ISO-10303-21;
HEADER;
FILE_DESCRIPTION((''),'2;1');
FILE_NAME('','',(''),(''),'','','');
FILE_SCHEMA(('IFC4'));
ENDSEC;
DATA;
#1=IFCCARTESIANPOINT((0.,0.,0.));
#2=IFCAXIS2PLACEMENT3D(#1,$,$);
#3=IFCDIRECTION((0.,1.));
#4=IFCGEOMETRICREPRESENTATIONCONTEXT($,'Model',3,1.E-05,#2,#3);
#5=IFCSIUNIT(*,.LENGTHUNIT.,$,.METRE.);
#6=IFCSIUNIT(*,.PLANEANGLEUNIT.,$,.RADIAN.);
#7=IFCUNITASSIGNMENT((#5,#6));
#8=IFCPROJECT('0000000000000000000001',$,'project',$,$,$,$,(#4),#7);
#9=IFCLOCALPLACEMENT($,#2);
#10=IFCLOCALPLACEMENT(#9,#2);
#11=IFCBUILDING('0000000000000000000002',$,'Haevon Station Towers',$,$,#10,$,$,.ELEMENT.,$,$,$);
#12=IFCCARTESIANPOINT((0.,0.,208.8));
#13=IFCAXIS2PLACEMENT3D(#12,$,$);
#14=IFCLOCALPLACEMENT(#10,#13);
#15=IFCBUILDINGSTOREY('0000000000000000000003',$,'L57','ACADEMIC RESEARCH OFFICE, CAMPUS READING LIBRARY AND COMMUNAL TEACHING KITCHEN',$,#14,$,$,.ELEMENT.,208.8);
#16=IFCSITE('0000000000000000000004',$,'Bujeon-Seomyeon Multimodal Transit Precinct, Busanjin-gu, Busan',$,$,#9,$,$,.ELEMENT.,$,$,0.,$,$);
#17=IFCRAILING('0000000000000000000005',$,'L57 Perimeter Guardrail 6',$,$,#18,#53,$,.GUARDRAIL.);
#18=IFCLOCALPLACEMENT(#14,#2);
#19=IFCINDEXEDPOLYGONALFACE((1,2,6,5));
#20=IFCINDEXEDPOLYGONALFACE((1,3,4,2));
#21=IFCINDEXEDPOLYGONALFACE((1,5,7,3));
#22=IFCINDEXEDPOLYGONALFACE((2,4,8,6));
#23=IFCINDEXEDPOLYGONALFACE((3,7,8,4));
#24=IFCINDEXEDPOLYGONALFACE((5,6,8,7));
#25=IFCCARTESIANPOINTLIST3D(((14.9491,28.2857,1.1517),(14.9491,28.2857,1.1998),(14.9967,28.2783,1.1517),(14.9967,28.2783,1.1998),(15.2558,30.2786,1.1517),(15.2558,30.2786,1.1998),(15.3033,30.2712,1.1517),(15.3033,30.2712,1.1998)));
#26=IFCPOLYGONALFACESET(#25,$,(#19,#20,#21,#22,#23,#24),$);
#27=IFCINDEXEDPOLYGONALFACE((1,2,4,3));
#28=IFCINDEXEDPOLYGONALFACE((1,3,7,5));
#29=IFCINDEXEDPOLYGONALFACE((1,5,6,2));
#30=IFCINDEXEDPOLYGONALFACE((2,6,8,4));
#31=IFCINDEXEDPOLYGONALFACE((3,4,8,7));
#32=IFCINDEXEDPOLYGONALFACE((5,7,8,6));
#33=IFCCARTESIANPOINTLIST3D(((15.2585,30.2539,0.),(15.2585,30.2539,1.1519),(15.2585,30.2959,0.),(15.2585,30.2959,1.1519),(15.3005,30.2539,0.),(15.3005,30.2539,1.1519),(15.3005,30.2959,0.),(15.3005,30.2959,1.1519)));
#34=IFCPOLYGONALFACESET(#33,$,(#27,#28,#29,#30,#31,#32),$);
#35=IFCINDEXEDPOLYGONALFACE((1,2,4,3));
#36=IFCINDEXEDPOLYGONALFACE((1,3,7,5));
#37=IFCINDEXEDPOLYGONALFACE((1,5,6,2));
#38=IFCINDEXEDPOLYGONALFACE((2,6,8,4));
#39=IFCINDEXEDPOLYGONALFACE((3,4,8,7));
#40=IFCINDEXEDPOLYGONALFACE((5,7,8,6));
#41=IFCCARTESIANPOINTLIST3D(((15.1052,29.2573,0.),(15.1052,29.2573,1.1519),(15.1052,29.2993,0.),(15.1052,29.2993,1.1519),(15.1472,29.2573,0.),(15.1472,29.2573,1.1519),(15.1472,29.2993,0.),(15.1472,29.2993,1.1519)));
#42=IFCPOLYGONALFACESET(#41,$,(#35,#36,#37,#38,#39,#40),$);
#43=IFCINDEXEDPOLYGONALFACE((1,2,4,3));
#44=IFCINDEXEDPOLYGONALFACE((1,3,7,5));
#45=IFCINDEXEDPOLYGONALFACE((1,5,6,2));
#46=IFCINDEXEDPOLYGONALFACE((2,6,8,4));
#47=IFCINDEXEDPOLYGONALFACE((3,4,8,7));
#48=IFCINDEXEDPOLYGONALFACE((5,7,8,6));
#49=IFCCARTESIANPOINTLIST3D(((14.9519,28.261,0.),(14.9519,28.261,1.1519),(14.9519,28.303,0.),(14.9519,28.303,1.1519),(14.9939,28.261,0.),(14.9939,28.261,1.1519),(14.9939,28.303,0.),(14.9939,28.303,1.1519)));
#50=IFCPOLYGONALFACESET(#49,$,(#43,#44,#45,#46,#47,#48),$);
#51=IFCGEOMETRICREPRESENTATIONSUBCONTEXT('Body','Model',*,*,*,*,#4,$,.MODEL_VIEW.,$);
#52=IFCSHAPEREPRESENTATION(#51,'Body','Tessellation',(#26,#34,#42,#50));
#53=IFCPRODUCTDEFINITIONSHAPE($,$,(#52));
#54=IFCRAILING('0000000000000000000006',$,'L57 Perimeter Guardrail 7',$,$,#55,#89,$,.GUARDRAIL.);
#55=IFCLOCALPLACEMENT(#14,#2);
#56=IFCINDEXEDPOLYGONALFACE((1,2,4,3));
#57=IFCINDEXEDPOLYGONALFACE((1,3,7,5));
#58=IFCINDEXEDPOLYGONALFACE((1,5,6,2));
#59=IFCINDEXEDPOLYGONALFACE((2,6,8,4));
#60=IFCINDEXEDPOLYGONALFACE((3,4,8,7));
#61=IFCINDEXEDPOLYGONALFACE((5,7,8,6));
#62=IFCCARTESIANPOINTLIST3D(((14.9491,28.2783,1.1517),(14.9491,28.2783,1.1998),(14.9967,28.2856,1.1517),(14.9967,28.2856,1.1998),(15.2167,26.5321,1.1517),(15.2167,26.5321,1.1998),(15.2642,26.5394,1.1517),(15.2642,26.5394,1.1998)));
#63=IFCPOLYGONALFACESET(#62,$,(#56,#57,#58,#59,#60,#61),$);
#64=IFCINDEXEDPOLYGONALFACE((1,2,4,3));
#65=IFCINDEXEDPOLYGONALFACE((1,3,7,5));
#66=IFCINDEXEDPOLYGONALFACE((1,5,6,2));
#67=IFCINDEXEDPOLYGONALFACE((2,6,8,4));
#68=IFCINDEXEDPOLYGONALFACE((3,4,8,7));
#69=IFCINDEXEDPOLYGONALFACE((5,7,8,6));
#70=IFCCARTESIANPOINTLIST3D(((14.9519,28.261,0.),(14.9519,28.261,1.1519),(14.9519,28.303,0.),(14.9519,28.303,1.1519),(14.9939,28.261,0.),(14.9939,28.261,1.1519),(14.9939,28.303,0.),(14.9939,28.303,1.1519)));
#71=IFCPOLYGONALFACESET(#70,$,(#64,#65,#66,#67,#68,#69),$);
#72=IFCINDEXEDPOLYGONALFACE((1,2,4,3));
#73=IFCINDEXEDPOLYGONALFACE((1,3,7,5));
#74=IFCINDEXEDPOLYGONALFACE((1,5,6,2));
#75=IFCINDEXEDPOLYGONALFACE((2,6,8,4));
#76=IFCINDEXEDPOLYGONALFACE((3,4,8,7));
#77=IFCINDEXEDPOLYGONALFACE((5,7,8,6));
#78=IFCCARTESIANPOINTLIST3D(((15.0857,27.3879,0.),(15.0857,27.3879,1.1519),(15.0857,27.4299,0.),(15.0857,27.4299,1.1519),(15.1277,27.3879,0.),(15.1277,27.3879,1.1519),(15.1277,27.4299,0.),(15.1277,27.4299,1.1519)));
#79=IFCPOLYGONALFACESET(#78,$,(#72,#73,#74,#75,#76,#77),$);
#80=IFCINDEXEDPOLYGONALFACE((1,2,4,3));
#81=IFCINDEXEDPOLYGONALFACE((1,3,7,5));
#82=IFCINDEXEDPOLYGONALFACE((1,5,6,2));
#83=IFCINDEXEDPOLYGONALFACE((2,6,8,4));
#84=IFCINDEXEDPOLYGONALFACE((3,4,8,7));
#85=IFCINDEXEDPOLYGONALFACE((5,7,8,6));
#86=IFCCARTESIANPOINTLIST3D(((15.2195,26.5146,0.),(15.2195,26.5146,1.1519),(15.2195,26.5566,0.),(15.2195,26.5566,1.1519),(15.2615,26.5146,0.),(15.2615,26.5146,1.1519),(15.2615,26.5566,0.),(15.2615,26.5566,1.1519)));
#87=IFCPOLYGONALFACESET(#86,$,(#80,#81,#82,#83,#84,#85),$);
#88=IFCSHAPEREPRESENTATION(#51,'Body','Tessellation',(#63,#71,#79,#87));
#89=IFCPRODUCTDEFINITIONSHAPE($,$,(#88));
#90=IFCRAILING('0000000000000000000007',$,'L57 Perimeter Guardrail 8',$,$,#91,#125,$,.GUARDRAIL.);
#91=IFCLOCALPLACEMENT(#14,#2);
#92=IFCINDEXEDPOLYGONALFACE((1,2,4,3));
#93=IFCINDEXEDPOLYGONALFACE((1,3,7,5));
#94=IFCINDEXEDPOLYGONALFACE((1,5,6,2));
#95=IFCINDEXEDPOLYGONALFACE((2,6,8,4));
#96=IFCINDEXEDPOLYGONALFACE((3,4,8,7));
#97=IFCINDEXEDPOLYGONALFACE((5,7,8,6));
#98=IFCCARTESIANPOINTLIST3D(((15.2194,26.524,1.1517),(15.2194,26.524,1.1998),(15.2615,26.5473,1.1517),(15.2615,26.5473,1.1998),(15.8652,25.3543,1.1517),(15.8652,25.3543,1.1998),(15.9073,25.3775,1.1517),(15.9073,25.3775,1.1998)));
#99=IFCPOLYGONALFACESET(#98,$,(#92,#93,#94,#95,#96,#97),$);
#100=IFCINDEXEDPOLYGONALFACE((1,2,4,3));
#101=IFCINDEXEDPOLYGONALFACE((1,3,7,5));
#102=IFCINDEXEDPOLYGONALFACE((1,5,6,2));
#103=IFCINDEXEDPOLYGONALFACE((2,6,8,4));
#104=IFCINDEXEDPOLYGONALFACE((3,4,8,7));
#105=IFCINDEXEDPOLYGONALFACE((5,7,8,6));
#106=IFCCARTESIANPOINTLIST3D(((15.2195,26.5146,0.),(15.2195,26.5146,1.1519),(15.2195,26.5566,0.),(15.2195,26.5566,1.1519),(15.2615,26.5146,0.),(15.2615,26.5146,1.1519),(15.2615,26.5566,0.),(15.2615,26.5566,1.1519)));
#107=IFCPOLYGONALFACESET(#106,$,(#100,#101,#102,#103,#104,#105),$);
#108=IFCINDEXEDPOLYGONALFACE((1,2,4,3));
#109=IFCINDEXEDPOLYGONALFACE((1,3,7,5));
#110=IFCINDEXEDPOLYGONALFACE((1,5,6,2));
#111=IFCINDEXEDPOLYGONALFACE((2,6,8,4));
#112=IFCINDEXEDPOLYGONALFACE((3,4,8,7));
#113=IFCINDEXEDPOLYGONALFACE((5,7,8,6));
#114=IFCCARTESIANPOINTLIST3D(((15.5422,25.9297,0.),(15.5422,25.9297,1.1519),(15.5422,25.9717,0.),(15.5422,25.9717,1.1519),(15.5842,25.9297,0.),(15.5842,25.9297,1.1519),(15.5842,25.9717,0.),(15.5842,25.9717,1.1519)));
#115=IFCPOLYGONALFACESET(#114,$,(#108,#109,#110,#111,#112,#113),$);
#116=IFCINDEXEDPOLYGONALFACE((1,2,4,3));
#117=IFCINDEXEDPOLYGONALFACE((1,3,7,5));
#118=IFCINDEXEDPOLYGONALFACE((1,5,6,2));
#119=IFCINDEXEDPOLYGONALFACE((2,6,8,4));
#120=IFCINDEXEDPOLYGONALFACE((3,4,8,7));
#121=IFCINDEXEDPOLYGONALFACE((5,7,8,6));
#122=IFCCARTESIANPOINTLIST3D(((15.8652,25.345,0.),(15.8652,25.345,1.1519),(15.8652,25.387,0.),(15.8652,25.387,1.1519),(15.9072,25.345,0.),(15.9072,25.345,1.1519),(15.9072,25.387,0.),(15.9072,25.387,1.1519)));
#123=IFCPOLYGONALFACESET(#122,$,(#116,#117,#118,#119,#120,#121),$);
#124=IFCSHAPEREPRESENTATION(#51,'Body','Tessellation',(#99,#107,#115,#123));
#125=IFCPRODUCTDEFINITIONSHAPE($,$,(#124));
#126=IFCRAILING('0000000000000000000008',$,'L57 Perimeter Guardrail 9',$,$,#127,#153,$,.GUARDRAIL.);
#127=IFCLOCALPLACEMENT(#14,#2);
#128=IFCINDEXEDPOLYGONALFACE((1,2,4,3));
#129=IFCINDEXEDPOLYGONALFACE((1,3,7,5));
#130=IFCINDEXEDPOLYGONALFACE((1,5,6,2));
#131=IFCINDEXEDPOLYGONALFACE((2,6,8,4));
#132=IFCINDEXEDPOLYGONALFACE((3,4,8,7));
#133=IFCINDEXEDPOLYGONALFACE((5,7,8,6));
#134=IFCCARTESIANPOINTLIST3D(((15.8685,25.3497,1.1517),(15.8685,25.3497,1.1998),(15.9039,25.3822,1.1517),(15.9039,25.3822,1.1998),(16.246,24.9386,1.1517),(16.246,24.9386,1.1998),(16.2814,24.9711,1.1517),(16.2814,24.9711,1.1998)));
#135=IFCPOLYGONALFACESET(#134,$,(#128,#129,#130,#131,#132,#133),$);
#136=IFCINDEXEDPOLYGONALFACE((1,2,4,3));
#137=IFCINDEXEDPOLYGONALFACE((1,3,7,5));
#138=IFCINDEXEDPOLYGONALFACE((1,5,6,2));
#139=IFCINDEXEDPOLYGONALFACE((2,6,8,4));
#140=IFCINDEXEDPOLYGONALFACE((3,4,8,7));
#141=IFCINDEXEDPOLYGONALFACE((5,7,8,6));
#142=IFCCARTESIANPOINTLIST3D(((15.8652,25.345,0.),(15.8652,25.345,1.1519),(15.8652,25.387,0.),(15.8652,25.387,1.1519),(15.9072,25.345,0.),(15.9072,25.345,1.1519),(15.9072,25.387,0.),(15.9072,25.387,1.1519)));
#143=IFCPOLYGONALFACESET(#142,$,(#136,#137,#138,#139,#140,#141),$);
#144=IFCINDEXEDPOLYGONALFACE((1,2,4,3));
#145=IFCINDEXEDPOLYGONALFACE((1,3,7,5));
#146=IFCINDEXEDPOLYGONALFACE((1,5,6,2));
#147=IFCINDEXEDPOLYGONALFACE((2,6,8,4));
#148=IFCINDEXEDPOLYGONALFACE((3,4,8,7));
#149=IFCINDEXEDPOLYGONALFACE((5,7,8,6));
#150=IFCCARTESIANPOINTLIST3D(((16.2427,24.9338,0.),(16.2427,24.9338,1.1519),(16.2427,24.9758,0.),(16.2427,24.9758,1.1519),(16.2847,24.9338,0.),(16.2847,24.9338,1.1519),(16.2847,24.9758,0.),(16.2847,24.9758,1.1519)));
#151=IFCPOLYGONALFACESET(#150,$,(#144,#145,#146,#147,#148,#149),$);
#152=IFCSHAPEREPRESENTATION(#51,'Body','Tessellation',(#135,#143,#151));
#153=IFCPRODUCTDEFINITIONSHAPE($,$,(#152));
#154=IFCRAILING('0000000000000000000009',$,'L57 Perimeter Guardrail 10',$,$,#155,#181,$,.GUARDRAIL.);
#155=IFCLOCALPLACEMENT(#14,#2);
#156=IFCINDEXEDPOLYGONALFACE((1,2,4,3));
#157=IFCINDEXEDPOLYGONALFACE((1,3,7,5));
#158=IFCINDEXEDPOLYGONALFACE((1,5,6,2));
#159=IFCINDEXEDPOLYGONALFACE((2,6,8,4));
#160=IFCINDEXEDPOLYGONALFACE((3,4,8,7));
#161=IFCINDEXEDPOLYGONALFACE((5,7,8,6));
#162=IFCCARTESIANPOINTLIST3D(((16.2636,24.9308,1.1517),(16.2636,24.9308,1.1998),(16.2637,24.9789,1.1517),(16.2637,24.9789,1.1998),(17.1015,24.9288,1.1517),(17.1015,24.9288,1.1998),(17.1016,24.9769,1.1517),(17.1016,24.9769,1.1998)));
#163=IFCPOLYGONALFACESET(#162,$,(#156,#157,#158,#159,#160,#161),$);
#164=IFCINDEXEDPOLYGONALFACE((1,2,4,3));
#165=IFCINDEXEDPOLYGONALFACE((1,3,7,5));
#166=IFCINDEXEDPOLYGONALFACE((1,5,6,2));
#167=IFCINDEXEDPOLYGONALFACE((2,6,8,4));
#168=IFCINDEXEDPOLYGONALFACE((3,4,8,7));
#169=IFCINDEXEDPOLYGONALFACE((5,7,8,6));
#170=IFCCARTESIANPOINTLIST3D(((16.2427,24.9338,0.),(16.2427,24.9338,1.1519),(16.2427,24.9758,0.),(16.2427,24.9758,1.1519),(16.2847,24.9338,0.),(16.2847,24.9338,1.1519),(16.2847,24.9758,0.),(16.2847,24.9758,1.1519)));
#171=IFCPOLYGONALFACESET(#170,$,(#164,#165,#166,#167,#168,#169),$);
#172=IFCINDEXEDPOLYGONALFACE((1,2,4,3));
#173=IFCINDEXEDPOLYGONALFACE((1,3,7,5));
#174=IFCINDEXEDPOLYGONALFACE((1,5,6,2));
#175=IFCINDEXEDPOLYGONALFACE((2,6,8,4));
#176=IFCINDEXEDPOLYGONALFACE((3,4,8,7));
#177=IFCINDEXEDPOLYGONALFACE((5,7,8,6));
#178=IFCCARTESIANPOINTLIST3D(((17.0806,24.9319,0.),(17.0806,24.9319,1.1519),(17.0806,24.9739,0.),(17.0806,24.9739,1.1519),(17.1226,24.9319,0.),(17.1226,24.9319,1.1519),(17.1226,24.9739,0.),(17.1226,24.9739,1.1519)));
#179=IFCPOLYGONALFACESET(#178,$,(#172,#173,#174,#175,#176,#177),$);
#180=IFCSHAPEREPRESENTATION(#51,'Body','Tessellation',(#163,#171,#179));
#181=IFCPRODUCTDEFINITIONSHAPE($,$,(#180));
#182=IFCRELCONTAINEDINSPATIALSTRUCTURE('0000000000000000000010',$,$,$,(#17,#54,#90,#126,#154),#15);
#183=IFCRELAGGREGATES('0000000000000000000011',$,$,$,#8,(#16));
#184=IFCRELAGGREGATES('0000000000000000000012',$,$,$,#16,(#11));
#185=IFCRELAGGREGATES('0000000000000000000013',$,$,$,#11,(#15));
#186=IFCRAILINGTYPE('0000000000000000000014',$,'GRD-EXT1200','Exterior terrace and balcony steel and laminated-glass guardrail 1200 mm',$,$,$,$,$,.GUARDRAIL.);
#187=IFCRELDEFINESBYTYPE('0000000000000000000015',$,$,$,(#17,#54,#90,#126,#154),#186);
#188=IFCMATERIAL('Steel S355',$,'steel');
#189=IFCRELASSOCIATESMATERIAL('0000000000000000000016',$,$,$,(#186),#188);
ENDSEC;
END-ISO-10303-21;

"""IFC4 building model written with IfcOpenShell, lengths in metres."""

from ifc_helpers import new_model, si_unit, direction, frame, origin, origin_2d, place, context, subcontext, project, spatial, rectangle, extrude, material, type_object, element, save


model = new_model("IFC4")

# Units and contexts
model_context = context("Model", 3, precision=1e-05, world=origin(), true_north=direction((0.0, 1.0)))
body_context = subcontext(model_context, "Body", "Model", "MODEL_VIEW")
ifc_project = project(units=[si_unit("LENGTHUNIT", "METRE"), si_unit("PLANEANGLEUNIT", "RADIAN")], contexts=[model_context])

# Site, building, storey
site_placement = place(None, origin())
site = spatial("IfcSite", under=ifc_project, at=site_placement, Name="Bujeon-Seomyeon Multimodal Transit Precinct, Busanjin-gu, Busan", CompositionType="ELEMENT", RefElevation=0.0)
building_placement = place(site_placement, origin())
building = spatial("IfcBuilding", under=site, at=building_placement, Name="Haevon Station Towers", CompositionType="ELEMENT")
storey_placement = place(building_placement, frame((0.0, 0.0, 208.8)))
storey = spatial("IfcBuildingStorey", under=building, at=storey_placement, Name="L57", Description="ACADEMIC RESEARCH OFFICE, CAMPUS READING LIBRARY AND COMMUNAL TEACHING KITCHEN", CompositionType="ELEMENT", Elevation=208.8)

# Shared definitions
ifc_material_1 = material(Name="Steel S355", Category="steel")

# Railings
railing_type = type_object("IfcRailingType", Name="GRD-EXT1200", Description="Exterior terrace and balcony steel and laminated-glass guardrail 1200 mm", PredefinedType="GUARDRAIL", material=ifc_material_1)
railing_1_placement = place(storey_placement, frame((15.2795, 30.2749, 0.0)))
element("IfcRailing", 1, at=railing_1_placement, inside=storey, type_object=railing_type, Name="L57 Perimeter Guardrail 6", PredefinedType="GUARDRAIL", context=body_context, shape_type="SweptSolid", body=[
    extrude(rectangle(XDim=0.0481, YDim=0.0481, at=origin_2d()), frame((0.0, 0.0, 1.1758), z_axis=(-0.152075, -0.988369, 0.0), x_axis=(0.988369, -0.152075, 0.0)), (0.0, 0.0, 1.0), 2.0164),
    extrude(rectangle(XDim=0.042, YDim=0.042, at=origin_2d()), origin(), (0.0, 0.0, 1.0), 1.1519),
    extrude(rectangle(XDim=0.042, YDim=0.042, at=origin_2d()), frame((-0.1533, -0.9966, 0.0)), (0.0, 0.0, 1.0), 1.1519),
    extrude(rectangle(XDim=0.042, YDim=0.042, at=origin_2d()), frame((-0.3066, -1.9929, 0.0)), (0.0, 0.0, 1.0), 1.1519),
])
railing_2_placement = place(storey_placement, frame((14.9729, 28.282, 0.0)))
element("IfcRailing", 2, at=railing_2_placement, inside=storey, type_object=railing_type, Name="L57 Perimeter Guardrail 7", PredefinedType="GUARDRAIL", context=body_context, shape_type="SweptSolid", body=[
    extrude(rectangle(XDim=0.0481, YDim=0.0481, at=origin_2d()), frame((0.0, 0.0, 1.1758), z_axis=(0.151455, -0.988464, 0.0), x_axis=(0.988464, 0.151455, 0.0)), (0.0, 0.0, 1.0), 1.7666),
    extrude(rectangle(XDim=0.042, YDim=0.042, at=origin_2d()), origin(), (0.0, 0.0, 1.0), 1.1519),
    extrude(rectangle(XDim=0.042, YDim=0.042, at=origin_2d()), frame((0.1338, -0.873, 0.0)), (0.0, 0.0, 1.0), 1.1519),
    extrude(rectangle(XDim=0.042, YDim=0.042, at=origin_2d()), frame((0.2676, -1.7463, 0.0)), (0.0, 0.0, 1.0), 1.1519),
])
railing_3_placement = place(storey_placement, frame((15.2405, 26.5356, 0.0)))
element("IfcRailing", 3, at=railing_3_placement, inside=storey, type_object=railing_type, Name="L57 Perimeter Guardrail 8", PredefinedType="GUARDRAIL", context=body_context, shape_type="SweptSolid", body=[
    extrude(rectangle(XDim=0.0481, YDim=0.0481, at=origin_2d()), frame((0.0, 0.0, 1.1758), z_axis=(0.483314, -0.875447, 0.0), x_axis=(0.875447, 0.483314, 0.0)), (0.0, 0.0, 1.0), 1.3362),
    extrude(rectangle(XDim=0.042, YDim=0.042, at=origin_2d()), origin(), (0.0, 0.0, 1.0), 1.1519),
    extrude(rectangle(XDim=0.042, YDim=0.042, at=origin_2d()), frame((0.3228, -0.585, 0.0)), (0.0, 0.0, 1.0), 1.1519),
    extrude(rectangle(XDim=0.042, YDim=0.042, at=origin_2d()), frame((0.6458, -1.1697, 0.0)), (0.0, 0.0, 1.0), 1.1519),
])
railing_4_placement = place(storey_placement, frame((15.8862, 25.366, 0.0)))
element("IfcRailing", 4, at=railing_4_placement, inside=storey, type_object=railing_type, Name="L57 Perimeter Guardrail 9", PredefinedType="GUARDRAIL", context=body_context, shape_type="SweptSolid", body=[
    extrude(rectangle(XDim=0.0481, YDim=0.0481, at=origin_2d()), frame((0.0, 0.0, 1.1758), z_axis=(0.676279, -0.736646, 0.0), x_axis=(0.736646, 0.676279, 0.0)), (0.0, 0.0, 1.0), 0.5581),
    extrude(rectangle(XDim=0.042, YDim=0.042, at=origin_2d()), origin(), (0.0, 0.0, 1.0), 1.1519),
    extrude(rectangle(XDim=0.042, YDim=0.042, at=origin_2d()), frame((0.3774, -0.4111, 0.0)), (0.0, 0.0, 1.0), 1.1519),
])
railing_5_placement = place(storey_placement, frame((16.2637, 24.9548, 0.0)))
element("IfcRailing", 5, at=railing_5_placement, inside=storey, type_object=railing_type, Name="L57 Perimeter Guardrail 10", PredefinedType="GUARDRAIL", context=body_context, shape_type="SweptSolid", body=[
    extrude(rectangle(XDim=0.0481, YDim=0.0481, at=origin_2d()), frame((0.0, 0.0, 1.1758), z_axis=(0.999997, -0.002331, 0.0), x_axis=(0.002331, 0.999997, 0.0)), (0.0, 0.0, 1.0), 0.8379),
    extrude(rectangle(XDim=0.042, YDim=0.042, at=origin_2d()), origin(), (0.0, 0.0, 1.0), 1.1519),
    extrude(rectangle(XDim=0.042, YDim=0.042, at=origin_2d()), frame((0.8379, -0.002, 0.0)), (0.0, 0.0, 1.0), 1.1519),
])

save(model, "model.ifc")
